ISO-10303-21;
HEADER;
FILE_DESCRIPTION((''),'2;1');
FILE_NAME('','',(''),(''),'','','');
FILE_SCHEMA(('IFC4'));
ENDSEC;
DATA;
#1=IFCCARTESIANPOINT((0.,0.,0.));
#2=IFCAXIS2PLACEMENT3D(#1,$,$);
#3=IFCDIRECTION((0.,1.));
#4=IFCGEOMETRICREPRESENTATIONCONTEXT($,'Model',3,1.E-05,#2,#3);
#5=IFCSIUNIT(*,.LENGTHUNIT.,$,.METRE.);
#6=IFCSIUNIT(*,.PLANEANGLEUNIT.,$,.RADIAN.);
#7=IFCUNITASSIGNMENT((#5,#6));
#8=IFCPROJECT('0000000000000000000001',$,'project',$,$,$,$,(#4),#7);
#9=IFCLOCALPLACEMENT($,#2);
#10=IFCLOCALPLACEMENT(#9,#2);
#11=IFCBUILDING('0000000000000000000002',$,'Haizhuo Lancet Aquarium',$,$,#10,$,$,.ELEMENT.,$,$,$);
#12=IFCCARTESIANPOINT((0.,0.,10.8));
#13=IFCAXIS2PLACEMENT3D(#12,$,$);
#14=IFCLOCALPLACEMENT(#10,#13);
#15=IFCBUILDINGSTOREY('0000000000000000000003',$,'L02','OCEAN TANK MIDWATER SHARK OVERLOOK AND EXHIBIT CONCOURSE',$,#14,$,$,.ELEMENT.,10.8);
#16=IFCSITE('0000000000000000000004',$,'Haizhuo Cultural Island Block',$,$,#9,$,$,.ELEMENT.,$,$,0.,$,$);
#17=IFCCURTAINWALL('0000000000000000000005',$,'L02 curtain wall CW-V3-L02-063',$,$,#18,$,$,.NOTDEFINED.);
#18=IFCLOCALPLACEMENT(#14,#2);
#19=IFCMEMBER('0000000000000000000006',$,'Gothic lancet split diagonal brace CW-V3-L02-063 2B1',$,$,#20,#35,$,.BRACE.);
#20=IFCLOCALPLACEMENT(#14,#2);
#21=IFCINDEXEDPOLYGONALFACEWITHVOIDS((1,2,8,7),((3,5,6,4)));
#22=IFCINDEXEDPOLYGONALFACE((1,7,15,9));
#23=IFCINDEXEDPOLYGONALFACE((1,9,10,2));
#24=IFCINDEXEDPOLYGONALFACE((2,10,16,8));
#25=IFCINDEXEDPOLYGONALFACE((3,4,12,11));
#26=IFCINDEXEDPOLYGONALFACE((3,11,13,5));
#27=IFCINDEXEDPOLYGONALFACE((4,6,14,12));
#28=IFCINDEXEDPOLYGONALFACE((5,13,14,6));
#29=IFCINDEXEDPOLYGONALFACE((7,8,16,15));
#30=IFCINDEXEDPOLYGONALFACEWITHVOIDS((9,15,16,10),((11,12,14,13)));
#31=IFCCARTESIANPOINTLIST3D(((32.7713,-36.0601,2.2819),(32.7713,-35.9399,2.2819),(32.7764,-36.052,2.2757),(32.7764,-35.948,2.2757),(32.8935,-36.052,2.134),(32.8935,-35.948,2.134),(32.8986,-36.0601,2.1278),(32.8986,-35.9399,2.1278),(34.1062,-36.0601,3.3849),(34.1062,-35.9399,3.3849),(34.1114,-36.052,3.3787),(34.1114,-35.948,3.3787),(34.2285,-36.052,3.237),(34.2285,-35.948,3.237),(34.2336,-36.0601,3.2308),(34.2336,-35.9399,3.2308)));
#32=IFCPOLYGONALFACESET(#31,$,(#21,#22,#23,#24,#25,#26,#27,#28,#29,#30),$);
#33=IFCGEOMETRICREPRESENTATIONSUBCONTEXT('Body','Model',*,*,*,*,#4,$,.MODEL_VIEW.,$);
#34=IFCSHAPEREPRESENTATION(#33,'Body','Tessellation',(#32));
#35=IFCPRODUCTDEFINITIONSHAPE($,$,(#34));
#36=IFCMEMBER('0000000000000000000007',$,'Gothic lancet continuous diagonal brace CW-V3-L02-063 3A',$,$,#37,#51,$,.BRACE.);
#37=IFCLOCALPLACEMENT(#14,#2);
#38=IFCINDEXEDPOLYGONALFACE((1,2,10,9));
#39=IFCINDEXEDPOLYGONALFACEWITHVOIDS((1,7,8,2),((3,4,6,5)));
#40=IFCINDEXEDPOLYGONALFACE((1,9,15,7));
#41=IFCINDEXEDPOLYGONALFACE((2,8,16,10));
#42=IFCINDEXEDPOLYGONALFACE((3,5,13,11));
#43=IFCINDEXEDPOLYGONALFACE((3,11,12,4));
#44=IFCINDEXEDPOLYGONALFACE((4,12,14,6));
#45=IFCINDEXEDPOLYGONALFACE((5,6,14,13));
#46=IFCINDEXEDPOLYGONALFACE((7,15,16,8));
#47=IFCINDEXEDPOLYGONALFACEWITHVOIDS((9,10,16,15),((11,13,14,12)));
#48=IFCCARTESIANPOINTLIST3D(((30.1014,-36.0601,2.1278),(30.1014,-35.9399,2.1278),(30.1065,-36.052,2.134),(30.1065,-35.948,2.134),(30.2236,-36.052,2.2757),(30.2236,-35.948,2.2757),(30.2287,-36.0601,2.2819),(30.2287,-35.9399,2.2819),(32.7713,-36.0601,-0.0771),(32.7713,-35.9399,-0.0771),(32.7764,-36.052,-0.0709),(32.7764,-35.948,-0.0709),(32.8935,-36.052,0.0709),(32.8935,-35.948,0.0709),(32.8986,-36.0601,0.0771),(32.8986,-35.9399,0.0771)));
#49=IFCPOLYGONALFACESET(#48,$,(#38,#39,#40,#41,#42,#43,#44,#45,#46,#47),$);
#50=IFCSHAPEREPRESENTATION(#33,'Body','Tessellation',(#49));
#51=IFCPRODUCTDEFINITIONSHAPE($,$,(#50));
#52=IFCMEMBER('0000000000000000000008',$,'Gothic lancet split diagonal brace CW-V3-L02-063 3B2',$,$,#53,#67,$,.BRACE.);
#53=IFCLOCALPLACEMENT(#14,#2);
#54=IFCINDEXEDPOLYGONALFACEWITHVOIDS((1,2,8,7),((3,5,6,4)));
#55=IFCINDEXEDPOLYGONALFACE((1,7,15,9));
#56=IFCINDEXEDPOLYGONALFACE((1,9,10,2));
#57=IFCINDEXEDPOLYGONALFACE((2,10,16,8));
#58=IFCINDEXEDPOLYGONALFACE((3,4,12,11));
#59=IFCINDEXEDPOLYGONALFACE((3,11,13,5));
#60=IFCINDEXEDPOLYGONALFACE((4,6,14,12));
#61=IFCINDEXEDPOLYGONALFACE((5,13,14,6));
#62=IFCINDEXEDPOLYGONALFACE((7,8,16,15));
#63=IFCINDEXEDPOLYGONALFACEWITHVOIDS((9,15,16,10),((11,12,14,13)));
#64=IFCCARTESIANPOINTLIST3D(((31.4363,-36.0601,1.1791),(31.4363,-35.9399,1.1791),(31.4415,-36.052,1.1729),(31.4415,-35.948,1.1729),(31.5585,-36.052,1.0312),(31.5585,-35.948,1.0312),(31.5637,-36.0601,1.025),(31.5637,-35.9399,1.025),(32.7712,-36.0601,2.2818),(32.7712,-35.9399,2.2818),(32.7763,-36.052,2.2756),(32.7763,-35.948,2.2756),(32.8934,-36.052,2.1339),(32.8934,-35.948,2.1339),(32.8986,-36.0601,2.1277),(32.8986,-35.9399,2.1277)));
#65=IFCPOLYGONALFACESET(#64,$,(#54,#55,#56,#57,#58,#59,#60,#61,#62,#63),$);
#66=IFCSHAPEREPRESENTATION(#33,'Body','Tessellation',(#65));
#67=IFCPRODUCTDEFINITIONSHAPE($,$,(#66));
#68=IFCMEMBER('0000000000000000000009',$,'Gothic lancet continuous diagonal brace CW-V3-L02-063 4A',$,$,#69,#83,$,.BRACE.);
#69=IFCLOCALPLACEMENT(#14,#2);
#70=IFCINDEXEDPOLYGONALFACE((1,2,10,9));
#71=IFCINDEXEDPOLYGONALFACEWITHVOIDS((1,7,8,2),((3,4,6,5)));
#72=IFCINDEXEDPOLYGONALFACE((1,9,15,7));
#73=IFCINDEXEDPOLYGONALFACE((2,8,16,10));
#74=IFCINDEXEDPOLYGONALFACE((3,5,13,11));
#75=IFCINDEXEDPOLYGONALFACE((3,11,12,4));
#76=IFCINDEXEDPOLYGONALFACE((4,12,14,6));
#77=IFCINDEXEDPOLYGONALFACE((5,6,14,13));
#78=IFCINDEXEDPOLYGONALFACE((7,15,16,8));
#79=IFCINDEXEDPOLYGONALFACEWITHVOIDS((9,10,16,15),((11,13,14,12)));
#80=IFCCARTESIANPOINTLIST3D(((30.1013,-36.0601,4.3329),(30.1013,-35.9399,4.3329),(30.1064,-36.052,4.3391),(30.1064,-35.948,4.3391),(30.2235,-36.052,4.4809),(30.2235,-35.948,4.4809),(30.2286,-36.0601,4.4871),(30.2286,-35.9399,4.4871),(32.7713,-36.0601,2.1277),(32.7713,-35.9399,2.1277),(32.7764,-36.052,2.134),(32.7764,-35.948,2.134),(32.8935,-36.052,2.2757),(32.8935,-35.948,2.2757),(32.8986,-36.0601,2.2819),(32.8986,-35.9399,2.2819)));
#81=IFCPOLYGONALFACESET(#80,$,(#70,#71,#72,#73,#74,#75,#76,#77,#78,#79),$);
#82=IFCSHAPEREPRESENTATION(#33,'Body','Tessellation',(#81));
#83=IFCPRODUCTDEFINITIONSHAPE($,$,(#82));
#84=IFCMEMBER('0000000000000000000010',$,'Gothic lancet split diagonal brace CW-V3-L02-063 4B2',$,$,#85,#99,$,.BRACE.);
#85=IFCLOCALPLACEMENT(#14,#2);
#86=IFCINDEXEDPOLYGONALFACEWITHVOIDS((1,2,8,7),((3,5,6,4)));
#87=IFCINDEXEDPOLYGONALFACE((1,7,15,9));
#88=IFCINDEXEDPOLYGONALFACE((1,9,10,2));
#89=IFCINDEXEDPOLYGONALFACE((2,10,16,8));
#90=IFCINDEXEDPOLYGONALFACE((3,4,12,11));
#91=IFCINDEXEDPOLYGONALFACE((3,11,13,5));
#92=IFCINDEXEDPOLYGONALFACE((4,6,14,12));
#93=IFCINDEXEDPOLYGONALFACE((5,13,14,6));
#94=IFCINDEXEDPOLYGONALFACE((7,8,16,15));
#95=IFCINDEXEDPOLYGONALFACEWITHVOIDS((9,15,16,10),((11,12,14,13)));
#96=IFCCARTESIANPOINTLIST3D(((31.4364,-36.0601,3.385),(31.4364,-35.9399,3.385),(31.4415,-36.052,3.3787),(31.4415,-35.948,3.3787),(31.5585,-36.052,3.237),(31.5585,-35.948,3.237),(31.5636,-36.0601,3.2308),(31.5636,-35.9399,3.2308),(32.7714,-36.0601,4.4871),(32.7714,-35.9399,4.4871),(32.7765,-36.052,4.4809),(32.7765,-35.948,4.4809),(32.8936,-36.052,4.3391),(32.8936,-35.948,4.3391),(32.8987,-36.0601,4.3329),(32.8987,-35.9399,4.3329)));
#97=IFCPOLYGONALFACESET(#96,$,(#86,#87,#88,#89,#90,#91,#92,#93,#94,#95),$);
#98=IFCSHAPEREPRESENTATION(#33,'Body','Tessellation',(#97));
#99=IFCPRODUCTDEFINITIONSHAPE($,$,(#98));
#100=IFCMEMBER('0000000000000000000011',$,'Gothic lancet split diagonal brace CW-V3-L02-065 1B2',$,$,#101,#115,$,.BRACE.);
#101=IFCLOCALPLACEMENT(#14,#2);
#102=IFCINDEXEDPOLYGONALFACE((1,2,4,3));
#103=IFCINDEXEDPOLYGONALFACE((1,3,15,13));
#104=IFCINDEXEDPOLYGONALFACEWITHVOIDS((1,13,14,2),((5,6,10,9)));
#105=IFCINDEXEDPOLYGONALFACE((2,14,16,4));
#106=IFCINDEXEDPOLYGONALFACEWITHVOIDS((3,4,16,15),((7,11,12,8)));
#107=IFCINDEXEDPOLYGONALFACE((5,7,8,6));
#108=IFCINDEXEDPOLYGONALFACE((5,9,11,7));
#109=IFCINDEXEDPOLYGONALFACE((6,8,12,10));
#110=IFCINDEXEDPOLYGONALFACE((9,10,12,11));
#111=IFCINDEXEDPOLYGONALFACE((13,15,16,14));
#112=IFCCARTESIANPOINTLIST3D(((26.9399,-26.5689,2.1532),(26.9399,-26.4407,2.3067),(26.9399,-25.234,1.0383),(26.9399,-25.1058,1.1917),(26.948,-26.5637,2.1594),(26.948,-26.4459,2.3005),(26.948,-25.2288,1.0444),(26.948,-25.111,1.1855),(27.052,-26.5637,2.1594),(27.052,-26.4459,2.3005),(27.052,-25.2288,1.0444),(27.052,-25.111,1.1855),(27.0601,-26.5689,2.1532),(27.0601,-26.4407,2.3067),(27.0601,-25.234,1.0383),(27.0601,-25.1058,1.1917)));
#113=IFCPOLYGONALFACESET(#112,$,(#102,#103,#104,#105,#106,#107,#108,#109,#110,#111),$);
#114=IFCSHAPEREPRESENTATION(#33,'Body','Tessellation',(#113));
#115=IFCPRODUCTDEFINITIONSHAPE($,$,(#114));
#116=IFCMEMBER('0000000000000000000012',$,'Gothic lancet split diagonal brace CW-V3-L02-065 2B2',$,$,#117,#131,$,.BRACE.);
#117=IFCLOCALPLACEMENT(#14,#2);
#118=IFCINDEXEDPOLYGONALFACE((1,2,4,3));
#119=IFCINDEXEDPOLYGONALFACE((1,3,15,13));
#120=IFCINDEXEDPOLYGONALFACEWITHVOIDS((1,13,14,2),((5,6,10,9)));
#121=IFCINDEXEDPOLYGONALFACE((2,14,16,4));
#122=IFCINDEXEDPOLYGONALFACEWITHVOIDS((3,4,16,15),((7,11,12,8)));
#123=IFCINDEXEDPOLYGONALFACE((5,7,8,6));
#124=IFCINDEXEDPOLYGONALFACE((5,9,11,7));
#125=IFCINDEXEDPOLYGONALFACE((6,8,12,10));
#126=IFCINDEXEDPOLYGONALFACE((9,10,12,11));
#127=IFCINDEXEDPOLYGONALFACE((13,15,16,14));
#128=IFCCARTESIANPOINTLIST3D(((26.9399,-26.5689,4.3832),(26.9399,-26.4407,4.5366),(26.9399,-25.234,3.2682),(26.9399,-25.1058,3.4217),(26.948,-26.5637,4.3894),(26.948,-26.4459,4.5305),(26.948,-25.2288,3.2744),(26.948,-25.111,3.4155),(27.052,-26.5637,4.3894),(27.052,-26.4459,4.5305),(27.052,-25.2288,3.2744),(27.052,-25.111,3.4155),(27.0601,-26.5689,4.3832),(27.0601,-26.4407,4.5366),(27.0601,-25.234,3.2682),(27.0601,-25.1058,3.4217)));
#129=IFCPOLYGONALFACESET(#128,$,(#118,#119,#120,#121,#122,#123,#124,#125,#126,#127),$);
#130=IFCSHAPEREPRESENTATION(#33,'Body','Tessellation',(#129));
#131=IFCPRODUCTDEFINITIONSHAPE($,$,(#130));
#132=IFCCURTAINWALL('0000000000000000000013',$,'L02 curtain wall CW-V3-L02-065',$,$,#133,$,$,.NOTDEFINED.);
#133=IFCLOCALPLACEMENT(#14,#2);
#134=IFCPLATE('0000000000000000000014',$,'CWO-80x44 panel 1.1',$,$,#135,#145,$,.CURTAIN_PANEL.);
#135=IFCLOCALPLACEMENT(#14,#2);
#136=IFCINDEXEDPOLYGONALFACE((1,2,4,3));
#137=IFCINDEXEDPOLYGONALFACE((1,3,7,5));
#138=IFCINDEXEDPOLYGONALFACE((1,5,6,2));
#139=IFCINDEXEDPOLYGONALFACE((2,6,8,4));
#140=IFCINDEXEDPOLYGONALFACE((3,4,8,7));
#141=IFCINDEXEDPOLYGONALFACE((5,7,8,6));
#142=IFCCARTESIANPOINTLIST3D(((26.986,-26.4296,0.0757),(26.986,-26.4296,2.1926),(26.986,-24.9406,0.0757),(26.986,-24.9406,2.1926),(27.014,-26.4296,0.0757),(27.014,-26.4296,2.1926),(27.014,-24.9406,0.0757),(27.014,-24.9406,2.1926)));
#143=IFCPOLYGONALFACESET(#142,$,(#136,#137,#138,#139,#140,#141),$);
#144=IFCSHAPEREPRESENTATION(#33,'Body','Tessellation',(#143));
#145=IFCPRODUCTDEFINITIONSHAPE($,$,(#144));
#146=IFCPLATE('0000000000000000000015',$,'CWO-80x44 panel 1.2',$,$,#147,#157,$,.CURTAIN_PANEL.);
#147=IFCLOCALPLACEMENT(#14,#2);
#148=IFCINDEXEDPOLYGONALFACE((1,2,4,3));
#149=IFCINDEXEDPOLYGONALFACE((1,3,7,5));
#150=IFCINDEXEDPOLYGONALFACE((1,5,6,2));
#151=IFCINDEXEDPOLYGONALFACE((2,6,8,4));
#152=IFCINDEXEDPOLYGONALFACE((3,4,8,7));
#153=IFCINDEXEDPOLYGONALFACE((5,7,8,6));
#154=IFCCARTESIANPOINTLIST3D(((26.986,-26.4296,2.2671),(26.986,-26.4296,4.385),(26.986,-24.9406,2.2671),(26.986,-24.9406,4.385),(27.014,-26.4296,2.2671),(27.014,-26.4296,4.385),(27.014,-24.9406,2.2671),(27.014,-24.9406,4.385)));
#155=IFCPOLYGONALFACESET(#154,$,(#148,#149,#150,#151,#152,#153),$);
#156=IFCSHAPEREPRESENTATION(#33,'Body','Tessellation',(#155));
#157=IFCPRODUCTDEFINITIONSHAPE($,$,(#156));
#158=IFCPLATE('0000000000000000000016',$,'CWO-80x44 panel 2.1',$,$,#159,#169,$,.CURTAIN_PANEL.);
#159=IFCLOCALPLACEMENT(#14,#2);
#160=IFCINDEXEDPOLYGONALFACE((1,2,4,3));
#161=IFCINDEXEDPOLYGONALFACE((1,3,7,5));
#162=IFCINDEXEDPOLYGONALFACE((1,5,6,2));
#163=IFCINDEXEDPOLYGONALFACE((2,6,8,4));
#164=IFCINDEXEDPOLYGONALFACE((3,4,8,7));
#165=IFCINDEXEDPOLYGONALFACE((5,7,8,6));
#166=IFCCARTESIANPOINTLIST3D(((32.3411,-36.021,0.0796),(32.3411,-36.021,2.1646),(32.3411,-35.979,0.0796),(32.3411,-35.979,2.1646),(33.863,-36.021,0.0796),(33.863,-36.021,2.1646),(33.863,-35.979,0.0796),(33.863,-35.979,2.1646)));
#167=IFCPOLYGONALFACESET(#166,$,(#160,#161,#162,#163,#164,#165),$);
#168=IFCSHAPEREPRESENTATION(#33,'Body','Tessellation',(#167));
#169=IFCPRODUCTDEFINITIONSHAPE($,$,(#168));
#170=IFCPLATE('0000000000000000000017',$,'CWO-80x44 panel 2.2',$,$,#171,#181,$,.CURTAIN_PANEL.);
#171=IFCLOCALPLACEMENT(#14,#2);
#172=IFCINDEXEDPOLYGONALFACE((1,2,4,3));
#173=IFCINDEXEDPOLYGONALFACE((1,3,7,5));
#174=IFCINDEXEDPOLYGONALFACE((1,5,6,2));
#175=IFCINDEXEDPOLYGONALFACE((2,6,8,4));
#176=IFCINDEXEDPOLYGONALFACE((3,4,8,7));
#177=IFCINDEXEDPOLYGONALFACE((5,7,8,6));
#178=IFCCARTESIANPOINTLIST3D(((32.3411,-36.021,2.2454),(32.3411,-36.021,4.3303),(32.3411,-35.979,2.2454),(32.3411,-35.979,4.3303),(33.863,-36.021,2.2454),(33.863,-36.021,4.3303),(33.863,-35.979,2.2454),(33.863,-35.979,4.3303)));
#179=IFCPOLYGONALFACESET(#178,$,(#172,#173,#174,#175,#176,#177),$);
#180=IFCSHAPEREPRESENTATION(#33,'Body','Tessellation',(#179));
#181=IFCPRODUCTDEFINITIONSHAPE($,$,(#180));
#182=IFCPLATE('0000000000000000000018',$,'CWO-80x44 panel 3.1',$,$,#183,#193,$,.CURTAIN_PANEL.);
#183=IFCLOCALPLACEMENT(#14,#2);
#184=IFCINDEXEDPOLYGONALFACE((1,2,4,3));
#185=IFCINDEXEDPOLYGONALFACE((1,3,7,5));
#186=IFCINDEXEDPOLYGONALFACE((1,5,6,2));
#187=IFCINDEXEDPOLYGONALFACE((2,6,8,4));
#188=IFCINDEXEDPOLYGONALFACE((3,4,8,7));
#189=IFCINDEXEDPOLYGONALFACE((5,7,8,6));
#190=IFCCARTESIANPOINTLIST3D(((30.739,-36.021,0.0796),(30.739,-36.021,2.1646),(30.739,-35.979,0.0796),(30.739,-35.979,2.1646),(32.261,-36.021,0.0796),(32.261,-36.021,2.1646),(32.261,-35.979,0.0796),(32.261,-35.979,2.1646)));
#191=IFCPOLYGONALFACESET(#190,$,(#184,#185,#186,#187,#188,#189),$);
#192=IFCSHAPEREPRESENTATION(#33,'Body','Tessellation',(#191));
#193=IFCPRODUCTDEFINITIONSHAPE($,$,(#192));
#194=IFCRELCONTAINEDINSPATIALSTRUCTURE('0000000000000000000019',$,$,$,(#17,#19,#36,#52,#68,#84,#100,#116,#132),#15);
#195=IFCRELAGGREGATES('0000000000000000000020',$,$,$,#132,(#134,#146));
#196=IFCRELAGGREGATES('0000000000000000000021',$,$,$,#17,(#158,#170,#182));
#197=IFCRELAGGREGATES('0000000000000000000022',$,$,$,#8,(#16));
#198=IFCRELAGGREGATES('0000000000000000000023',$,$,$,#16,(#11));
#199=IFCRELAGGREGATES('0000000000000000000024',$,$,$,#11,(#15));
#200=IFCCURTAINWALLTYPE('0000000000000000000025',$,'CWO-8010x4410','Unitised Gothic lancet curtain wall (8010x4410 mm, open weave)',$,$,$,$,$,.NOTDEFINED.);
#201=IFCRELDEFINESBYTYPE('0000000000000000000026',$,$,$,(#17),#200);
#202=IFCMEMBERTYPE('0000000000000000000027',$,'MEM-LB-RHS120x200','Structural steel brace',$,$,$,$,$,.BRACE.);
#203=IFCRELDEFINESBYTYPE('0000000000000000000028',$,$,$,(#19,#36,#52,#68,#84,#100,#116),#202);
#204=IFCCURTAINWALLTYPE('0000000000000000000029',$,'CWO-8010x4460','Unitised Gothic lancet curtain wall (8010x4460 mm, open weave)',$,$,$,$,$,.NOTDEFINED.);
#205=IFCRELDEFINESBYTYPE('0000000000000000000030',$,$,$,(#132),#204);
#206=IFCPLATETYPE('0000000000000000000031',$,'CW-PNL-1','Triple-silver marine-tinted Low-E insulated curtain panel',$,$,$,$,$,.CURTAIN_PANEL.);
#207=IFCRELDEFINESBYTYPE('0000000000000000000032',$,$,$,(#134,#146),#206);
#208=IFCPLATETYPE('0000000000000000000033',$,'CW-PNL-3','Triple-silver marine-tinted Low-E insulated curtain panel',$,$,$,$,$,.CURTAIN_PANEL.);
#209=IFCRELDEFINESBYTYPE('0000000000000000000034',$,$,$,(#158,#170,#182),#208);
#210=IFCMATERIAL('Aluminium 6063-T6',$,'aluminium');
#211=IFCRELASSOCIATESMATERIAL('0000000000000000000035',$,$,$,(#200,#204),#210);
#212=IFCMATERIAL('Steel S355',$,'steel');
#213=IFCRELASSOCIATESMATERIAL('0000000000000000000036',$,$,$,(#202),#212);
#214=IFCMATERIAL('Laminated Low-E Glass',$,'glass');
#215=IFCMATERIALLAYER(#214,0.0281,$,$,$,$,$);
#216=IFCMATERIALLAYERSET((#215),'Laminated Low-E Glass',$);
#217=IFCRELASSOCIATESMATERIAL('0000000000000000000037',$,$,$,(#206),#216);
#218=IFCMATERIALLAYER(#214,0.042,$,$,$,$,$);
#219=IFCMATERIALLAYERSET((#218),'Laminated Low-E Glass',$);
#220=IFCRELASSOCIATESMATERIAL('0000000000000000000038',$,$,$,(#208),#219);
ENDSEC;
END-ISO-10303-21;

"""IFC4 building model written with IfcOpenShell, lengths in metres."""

from ifc_helpers import new_model, si_unit, direction, frame, origin, origin_2d, place, context, subcontext, project, spatial, rectangle, hollow_rectangle, extrude, material, layer, layer_set, material_profile, profile_set, type_object, element, aggregate, save


model = new_model("IFC4")

# Units and contexts
model_context = context("Model", 3, precision=1e-05, world=origin(), true_north=direction((0.0, 1.0)))
body_context = subcontext(model_context, "Body", "Model", "MODEL_VIEW")
ifc_project = project(units=[si_unit("LENGTHUNIT", "METRE"), si_unit("PLANEANGLEUNIT", "RADIAN")], contexts=[model_context])

# Site, building, storey
site_placement = place(None, origin())
site = spatial("IfcSite", under=ifc_project, at=site_placement, Name="Haizhuo Cultural Island Block", CompositionType="ELEMENT", RefElevation=0.0)
building_placement = place(site_placement, origin())
building = spatial("IfcBuilding", under=site, at=building_placement, Name="Haizhuo Lancet Aquarium", CompositionType="ELEMENT")
storey_placement = place(building_placement, frame((0.0, 0.0, 10.8)))
storey = spatial("IfcBuildingStorey", under=building, at=storey_placement, Name="L02", Description="OCEAN TANK MIDWATER SHARK OVERLOOK AND EXHIBIT CONCOURSE", CompositionType="ELEMENT", Elevation=10.8)

# Curtain wall
ifc_material_1 = material(Name="Aluminium 6063-T6", Category="aluminium")
curtain_wall_type_1 = type_object("IfcCurtainWallType", Name="CWO-8010x4410", Description="Unitised Gothic lancet curtain wall (8010x4410 mm, open weave)", PredefinedType="NOTDEFINED", material=ifc_material_1)
curtain_wall_1_placement = place(storey_placement, origin())
curtain_wall_1 = element("IfcCurtainWall", 1, at=curtain_wall_1_placement, inside=storey, type_object=curtain_wall_type_1, Name="L02 curtain wall CW-V3-L02-063", PredefinedType="NOTDEFINED")

# Shared definitions
ifc_material_2 = material(Name="Steel S355", Category="steel")

# Members
ifc_material_profile_1 = material_profile(ifc_material_2, hollow_rectangle(XDim=0.1201, YDim=0.2, WallThickness=0.0081, at=origin_2d()), Name="RHS 120x200x8")
ifc_profile_set_1 = profile_set([ifc_material_profile_1], Name="Steel S355")
member_type_1 = type_object("IfcMemberType", Name="MEM-LB-RHS120x200", Description="Structural steel brace", PredefinedType="BRACE", material=ifc_profile_set_1)
member_1_placement = place(storey_placement, frame((32.835, -36.0, 2.2048), z_axis=(0.770896, 0.0, 0.636962), x_axis=(0.0, 1.0, 0.0)))
element("IfcMember", 2, at=member_1_placement, inside=storey, type_object=member_type_1, Name="Gothic lancet split diagonal brace CW-V3-L02-063 2B1", PredefinedType="BRACE", context=body_context, shape_type="SweptSolid", body=[
    extrude(hollow_rectangle(XDim=0.1201, YDim=0.2, WallThickness=0.0081, at=origin_2d()), origin(), (0.0, 0.0, 1.0), 1.7317),
])
member_2_placement = place(storey_placement, frame((32.835, -36.0, 0.0), z_axis=(-0.771069, 0.0, 0.636752), x_axis=(0.0, -1.0, 0.0)))
element("IfcMember", 3, at=member_2_placement, inside=storey, type_object=member_type_1, Name="Gothic lancet continuous diagonal brace CW-V3-L02-063 3A", PredefinedType="BRACE", context=body_context, shape_type="SweptSolid", body=[
    extrude(hollow_rectangle(XDim=0.1201, YDim=0.2, WallThickness=0.0081, at=origin_2d()), origin(), (0.0, 0.0, 1.0), 3.4626),
])
member_3_placement = place(storey_placement, frame((31.5, -36.0, 1.1021), z_axis=(0.770965, 0.0, 0.636878), x_axis=(0.0, 1.0, 0.0)))
element("IfcMember", 4, at=member_3_placement, inside=storey, type_object=member_type_1, Name="Gothic lancet split diagonal brace CW-V3-L02-063 3B2", PredefinedType="BRACE", context=body_context, shape_type="SweptSolid", body=[
    extrude(hollow_rectangle(XDim=0.1201, YDim=0.2, WallThickness=0.0081, at=origin_2d()), origin(), (0.0, 0.0, 1.0), 1.7314),
])
member_4_placement = place(storey_placement, frame((32.835, -36.0, 2.2048), z_axis=(-0.771034, 0.0, 0.636794), x_axis=(0.0, -1.0, 0.0)))
element("IfcMember", 5, at=member_4_placement, inside=storey, type_object=member_type_1, Name="Gothic lancet continuous diagonal brace CW-V3-L02-063 4A", PredefinedType="BRACE", context=body_context, shape_type="SweptSolid", body=[
    extrude(hollow_rectangle(XDim=0.1201, YDim=0.2, WallThickness=0.0081, at=origin_2d()), origin(), (0.0, 0.0, 1.0), 3.4629),
])
member_5_placement = place(storey_placement, frame((31.5, -36.0, 3.3079), z_axis=(0.771172, 0.0, 0.636626), x_axis=(0.0, 1.0, 0.0)))
element("IfcMember", 6, at=member_5_placement, inside=storey, type_object=member_type_1, Name="Gothic lancet split diagonal brace CW-V3-L02-063 4B2", PredefinedType="BRACE", context=body_context, shape_type="SweptSolid", body=[
    extrude(hollow_rectangle(XDim=0.1201, YDim=0.2, WallThickness=0.0081, at=origin_2d()), origin(), (0.0, 0.0, 1.0), 1.7312),
])
for number, where, z_axis, x_axis, name in (
    (7, (27.0, -25.1699, 1.115), (0.0, -0.767507, 0.64104), (1.0, 0.0, 0.0), "Gothic lancet split diagonal brace CW-V3-L02-065 1B2"),
    (8, (27.0, -25.1699, 3.345), (0.0, -0.767507, 0.64104), (1.0, 0.0, 0.0), "Gothic lancet split diagonal brace CW-V3-L02-065 2B2"),
):
    element("IfcMember", number, at=place(storey_placement, frame(where, z_axis=z_axis, x_axis=x_axis)), inside=storey, type_object=member_type_1, Name=name, PredefinedType="BRACE", context=body_context, shape_type="SweptSolid", body=[
        extrude(hollow_rectangle(XDim=0.1201, YDim=0.2, WallThickness=0.0081, at=origin_2d()), origin(), (0.0, 0.0, 1.0), 1.7393),
    ])

# Curtain wall, plates
curtain_wall_type_2 = type_object("IfcCurtainWallType", Name="CWO-8010x4460", Description="Unitised Gothic lancet curtain wall (8010x4460 mm, open weave)", PredefinedType="NOTDEFINED", material=ifc_material_1)
curtain_wall_2_placement = place(storey_placement, origin())
curtain_wall_2 = element("IfcCurtainWall", 9, at=curtain_wall_2_placement, inside=storey, type_object=curtain_wall_type_2, Name="L02 curtain wall CW-V3-L02-065", PredefinedType="NOTDEFINED")
ifc_material_3 = material(Name="Laminated Low-E Glass", Category="glass")
ifc_layer_1 = layer(ifc_material_3, 0.0281)
ifc_layer_set_1 = layer_set([ifc_layer_1], Name="Laminated Low-E Glass")
plate_type_1 = type_object("IfcPlateType", Name="CW-PNL-1", Description="Triple-silver marine-tinted Low-E insulated curtain panel", PredefinedType="CURTAIN_PANEL", material=ifc_layer_set_1)
plate_1_placement = place(storey_placement, frame((27.0, -25.6851, 0.0757), z_axis=(0.0, 0.0, 1.0), x_axis=(0.0, 1.0, 0.0)))
plate_1 = element("IfcPlate", 10, at=plate_1_placement, type_object=plate_type_1, Name="CWO-80x44 panel 1.1", PredefinedType="CURTAIN_PANEL", context=body_context, shape_type="SweptSolid", body=[
    extrude(rectangle(XDim=1.489, YDim=0.0281, at=origin_2d()), origin(), (0.0, 0.0, 1.0), 2.1169),
])
plate_2_placement = place(storey_placement, frame((27.0, -25.6851, 2.2671), z_axis=(0.0, 0.0, 1.0), x_axis=(0.0, 1.0, 0.0)))
plate_2 = element("IfcPlate", 11, at=plate_2_placement, type_object=plate_type_1, Name="CWO-80x44 panel 1.2", PredefinedType="CURTAIN_PANEL", context=body_context, shape_type="SweptSolid", body=[
    extrude(rectangle(XDim=1.489, YDim=0.0281, at=origin_2d()), origin(), (0.0, 0.0, 1.0), 2.1179),
])
aggregate(curtain_wall_2, [plate_1, plate_2])

# Plates
ifc_layer_2 = layer(ifc_material_3, 0.042)
ifc_layer_set_2 = layer_set([ifc_layer_2], Name="Laminated Low-E Glass")
plate_type_2 = type_object("IfcPlateType", Name="CW-PNL-3", Description="Triple-silver marine-tinted Low-E insulated curtain panel", PredefinedType="CURTAIN_PANEL", material=ifc_layer_set_2)
plate_3_placement = place(storey_placement, frame((33.1021, -36.0, 0.0796), z_axis=(0.0, 0.0, 1.0), x_axis=(-1.0, 0.0, 0.0)))
plate_3 = element("IfcPlate", 12, at=plate_3_placement, type_object=plate_type_2, Name="CWO-80x44 panel 2.1", PredefinedType="CURTAIN_PANEL", context=body_context, shape_type="SweptSolid", body=[
    extrude(rectangle(XDim=1.522, YDim=0.042, at=origin_2d()), origin(), (0.0, 0.0, 1.0), 2.085),
])
plate_4_placement = place(storey_placement, frame((33.1021, -36.0, 2.2454), z_axis=(0.0, 0.0, 1.0), x_axis=(-1.0, 0.0, 0.0)))
plate_4 = element("IfcPlate", 13, at=plate_4_placement, type_object=plate_type_2, Name="CWO-80x44 panel 2.2", PredefinedType="CURTAIN_PANEL", context=body_context, shape_type="SweptSolid", body=[
    extrude(rectangle(XDim=1.522, YDim=0.042, at=origin_2d()), origin(), (0.0, 0.0, 1.0), 2.085),
])
plate_5_placement = place(storey_placement, frame((31.5, -36.0, 0.0796), z_axis=(0.0, 0.0, 1.0), x_axis=(-1.0, 0.0, 0.0)))
plate_5 = element("IfcPlate", 14, at=plate_5_placement, type_object=plate_type_2, Name="CWO-80x44 panel 3.1", PredefinedType="CURTAIN_PANEL", context=body_context, shape_type="SweptSolid", body=[
    extrude(rectangle(XDim=1.522, YDim=0.042, at=origin_2d()), origin(), (0.0, 0.0, 1.0), 2.085),
])
aggregate(curtain_wall_1, [plate_3, plate_4, plate_5])

save(model, "model.ifc")
